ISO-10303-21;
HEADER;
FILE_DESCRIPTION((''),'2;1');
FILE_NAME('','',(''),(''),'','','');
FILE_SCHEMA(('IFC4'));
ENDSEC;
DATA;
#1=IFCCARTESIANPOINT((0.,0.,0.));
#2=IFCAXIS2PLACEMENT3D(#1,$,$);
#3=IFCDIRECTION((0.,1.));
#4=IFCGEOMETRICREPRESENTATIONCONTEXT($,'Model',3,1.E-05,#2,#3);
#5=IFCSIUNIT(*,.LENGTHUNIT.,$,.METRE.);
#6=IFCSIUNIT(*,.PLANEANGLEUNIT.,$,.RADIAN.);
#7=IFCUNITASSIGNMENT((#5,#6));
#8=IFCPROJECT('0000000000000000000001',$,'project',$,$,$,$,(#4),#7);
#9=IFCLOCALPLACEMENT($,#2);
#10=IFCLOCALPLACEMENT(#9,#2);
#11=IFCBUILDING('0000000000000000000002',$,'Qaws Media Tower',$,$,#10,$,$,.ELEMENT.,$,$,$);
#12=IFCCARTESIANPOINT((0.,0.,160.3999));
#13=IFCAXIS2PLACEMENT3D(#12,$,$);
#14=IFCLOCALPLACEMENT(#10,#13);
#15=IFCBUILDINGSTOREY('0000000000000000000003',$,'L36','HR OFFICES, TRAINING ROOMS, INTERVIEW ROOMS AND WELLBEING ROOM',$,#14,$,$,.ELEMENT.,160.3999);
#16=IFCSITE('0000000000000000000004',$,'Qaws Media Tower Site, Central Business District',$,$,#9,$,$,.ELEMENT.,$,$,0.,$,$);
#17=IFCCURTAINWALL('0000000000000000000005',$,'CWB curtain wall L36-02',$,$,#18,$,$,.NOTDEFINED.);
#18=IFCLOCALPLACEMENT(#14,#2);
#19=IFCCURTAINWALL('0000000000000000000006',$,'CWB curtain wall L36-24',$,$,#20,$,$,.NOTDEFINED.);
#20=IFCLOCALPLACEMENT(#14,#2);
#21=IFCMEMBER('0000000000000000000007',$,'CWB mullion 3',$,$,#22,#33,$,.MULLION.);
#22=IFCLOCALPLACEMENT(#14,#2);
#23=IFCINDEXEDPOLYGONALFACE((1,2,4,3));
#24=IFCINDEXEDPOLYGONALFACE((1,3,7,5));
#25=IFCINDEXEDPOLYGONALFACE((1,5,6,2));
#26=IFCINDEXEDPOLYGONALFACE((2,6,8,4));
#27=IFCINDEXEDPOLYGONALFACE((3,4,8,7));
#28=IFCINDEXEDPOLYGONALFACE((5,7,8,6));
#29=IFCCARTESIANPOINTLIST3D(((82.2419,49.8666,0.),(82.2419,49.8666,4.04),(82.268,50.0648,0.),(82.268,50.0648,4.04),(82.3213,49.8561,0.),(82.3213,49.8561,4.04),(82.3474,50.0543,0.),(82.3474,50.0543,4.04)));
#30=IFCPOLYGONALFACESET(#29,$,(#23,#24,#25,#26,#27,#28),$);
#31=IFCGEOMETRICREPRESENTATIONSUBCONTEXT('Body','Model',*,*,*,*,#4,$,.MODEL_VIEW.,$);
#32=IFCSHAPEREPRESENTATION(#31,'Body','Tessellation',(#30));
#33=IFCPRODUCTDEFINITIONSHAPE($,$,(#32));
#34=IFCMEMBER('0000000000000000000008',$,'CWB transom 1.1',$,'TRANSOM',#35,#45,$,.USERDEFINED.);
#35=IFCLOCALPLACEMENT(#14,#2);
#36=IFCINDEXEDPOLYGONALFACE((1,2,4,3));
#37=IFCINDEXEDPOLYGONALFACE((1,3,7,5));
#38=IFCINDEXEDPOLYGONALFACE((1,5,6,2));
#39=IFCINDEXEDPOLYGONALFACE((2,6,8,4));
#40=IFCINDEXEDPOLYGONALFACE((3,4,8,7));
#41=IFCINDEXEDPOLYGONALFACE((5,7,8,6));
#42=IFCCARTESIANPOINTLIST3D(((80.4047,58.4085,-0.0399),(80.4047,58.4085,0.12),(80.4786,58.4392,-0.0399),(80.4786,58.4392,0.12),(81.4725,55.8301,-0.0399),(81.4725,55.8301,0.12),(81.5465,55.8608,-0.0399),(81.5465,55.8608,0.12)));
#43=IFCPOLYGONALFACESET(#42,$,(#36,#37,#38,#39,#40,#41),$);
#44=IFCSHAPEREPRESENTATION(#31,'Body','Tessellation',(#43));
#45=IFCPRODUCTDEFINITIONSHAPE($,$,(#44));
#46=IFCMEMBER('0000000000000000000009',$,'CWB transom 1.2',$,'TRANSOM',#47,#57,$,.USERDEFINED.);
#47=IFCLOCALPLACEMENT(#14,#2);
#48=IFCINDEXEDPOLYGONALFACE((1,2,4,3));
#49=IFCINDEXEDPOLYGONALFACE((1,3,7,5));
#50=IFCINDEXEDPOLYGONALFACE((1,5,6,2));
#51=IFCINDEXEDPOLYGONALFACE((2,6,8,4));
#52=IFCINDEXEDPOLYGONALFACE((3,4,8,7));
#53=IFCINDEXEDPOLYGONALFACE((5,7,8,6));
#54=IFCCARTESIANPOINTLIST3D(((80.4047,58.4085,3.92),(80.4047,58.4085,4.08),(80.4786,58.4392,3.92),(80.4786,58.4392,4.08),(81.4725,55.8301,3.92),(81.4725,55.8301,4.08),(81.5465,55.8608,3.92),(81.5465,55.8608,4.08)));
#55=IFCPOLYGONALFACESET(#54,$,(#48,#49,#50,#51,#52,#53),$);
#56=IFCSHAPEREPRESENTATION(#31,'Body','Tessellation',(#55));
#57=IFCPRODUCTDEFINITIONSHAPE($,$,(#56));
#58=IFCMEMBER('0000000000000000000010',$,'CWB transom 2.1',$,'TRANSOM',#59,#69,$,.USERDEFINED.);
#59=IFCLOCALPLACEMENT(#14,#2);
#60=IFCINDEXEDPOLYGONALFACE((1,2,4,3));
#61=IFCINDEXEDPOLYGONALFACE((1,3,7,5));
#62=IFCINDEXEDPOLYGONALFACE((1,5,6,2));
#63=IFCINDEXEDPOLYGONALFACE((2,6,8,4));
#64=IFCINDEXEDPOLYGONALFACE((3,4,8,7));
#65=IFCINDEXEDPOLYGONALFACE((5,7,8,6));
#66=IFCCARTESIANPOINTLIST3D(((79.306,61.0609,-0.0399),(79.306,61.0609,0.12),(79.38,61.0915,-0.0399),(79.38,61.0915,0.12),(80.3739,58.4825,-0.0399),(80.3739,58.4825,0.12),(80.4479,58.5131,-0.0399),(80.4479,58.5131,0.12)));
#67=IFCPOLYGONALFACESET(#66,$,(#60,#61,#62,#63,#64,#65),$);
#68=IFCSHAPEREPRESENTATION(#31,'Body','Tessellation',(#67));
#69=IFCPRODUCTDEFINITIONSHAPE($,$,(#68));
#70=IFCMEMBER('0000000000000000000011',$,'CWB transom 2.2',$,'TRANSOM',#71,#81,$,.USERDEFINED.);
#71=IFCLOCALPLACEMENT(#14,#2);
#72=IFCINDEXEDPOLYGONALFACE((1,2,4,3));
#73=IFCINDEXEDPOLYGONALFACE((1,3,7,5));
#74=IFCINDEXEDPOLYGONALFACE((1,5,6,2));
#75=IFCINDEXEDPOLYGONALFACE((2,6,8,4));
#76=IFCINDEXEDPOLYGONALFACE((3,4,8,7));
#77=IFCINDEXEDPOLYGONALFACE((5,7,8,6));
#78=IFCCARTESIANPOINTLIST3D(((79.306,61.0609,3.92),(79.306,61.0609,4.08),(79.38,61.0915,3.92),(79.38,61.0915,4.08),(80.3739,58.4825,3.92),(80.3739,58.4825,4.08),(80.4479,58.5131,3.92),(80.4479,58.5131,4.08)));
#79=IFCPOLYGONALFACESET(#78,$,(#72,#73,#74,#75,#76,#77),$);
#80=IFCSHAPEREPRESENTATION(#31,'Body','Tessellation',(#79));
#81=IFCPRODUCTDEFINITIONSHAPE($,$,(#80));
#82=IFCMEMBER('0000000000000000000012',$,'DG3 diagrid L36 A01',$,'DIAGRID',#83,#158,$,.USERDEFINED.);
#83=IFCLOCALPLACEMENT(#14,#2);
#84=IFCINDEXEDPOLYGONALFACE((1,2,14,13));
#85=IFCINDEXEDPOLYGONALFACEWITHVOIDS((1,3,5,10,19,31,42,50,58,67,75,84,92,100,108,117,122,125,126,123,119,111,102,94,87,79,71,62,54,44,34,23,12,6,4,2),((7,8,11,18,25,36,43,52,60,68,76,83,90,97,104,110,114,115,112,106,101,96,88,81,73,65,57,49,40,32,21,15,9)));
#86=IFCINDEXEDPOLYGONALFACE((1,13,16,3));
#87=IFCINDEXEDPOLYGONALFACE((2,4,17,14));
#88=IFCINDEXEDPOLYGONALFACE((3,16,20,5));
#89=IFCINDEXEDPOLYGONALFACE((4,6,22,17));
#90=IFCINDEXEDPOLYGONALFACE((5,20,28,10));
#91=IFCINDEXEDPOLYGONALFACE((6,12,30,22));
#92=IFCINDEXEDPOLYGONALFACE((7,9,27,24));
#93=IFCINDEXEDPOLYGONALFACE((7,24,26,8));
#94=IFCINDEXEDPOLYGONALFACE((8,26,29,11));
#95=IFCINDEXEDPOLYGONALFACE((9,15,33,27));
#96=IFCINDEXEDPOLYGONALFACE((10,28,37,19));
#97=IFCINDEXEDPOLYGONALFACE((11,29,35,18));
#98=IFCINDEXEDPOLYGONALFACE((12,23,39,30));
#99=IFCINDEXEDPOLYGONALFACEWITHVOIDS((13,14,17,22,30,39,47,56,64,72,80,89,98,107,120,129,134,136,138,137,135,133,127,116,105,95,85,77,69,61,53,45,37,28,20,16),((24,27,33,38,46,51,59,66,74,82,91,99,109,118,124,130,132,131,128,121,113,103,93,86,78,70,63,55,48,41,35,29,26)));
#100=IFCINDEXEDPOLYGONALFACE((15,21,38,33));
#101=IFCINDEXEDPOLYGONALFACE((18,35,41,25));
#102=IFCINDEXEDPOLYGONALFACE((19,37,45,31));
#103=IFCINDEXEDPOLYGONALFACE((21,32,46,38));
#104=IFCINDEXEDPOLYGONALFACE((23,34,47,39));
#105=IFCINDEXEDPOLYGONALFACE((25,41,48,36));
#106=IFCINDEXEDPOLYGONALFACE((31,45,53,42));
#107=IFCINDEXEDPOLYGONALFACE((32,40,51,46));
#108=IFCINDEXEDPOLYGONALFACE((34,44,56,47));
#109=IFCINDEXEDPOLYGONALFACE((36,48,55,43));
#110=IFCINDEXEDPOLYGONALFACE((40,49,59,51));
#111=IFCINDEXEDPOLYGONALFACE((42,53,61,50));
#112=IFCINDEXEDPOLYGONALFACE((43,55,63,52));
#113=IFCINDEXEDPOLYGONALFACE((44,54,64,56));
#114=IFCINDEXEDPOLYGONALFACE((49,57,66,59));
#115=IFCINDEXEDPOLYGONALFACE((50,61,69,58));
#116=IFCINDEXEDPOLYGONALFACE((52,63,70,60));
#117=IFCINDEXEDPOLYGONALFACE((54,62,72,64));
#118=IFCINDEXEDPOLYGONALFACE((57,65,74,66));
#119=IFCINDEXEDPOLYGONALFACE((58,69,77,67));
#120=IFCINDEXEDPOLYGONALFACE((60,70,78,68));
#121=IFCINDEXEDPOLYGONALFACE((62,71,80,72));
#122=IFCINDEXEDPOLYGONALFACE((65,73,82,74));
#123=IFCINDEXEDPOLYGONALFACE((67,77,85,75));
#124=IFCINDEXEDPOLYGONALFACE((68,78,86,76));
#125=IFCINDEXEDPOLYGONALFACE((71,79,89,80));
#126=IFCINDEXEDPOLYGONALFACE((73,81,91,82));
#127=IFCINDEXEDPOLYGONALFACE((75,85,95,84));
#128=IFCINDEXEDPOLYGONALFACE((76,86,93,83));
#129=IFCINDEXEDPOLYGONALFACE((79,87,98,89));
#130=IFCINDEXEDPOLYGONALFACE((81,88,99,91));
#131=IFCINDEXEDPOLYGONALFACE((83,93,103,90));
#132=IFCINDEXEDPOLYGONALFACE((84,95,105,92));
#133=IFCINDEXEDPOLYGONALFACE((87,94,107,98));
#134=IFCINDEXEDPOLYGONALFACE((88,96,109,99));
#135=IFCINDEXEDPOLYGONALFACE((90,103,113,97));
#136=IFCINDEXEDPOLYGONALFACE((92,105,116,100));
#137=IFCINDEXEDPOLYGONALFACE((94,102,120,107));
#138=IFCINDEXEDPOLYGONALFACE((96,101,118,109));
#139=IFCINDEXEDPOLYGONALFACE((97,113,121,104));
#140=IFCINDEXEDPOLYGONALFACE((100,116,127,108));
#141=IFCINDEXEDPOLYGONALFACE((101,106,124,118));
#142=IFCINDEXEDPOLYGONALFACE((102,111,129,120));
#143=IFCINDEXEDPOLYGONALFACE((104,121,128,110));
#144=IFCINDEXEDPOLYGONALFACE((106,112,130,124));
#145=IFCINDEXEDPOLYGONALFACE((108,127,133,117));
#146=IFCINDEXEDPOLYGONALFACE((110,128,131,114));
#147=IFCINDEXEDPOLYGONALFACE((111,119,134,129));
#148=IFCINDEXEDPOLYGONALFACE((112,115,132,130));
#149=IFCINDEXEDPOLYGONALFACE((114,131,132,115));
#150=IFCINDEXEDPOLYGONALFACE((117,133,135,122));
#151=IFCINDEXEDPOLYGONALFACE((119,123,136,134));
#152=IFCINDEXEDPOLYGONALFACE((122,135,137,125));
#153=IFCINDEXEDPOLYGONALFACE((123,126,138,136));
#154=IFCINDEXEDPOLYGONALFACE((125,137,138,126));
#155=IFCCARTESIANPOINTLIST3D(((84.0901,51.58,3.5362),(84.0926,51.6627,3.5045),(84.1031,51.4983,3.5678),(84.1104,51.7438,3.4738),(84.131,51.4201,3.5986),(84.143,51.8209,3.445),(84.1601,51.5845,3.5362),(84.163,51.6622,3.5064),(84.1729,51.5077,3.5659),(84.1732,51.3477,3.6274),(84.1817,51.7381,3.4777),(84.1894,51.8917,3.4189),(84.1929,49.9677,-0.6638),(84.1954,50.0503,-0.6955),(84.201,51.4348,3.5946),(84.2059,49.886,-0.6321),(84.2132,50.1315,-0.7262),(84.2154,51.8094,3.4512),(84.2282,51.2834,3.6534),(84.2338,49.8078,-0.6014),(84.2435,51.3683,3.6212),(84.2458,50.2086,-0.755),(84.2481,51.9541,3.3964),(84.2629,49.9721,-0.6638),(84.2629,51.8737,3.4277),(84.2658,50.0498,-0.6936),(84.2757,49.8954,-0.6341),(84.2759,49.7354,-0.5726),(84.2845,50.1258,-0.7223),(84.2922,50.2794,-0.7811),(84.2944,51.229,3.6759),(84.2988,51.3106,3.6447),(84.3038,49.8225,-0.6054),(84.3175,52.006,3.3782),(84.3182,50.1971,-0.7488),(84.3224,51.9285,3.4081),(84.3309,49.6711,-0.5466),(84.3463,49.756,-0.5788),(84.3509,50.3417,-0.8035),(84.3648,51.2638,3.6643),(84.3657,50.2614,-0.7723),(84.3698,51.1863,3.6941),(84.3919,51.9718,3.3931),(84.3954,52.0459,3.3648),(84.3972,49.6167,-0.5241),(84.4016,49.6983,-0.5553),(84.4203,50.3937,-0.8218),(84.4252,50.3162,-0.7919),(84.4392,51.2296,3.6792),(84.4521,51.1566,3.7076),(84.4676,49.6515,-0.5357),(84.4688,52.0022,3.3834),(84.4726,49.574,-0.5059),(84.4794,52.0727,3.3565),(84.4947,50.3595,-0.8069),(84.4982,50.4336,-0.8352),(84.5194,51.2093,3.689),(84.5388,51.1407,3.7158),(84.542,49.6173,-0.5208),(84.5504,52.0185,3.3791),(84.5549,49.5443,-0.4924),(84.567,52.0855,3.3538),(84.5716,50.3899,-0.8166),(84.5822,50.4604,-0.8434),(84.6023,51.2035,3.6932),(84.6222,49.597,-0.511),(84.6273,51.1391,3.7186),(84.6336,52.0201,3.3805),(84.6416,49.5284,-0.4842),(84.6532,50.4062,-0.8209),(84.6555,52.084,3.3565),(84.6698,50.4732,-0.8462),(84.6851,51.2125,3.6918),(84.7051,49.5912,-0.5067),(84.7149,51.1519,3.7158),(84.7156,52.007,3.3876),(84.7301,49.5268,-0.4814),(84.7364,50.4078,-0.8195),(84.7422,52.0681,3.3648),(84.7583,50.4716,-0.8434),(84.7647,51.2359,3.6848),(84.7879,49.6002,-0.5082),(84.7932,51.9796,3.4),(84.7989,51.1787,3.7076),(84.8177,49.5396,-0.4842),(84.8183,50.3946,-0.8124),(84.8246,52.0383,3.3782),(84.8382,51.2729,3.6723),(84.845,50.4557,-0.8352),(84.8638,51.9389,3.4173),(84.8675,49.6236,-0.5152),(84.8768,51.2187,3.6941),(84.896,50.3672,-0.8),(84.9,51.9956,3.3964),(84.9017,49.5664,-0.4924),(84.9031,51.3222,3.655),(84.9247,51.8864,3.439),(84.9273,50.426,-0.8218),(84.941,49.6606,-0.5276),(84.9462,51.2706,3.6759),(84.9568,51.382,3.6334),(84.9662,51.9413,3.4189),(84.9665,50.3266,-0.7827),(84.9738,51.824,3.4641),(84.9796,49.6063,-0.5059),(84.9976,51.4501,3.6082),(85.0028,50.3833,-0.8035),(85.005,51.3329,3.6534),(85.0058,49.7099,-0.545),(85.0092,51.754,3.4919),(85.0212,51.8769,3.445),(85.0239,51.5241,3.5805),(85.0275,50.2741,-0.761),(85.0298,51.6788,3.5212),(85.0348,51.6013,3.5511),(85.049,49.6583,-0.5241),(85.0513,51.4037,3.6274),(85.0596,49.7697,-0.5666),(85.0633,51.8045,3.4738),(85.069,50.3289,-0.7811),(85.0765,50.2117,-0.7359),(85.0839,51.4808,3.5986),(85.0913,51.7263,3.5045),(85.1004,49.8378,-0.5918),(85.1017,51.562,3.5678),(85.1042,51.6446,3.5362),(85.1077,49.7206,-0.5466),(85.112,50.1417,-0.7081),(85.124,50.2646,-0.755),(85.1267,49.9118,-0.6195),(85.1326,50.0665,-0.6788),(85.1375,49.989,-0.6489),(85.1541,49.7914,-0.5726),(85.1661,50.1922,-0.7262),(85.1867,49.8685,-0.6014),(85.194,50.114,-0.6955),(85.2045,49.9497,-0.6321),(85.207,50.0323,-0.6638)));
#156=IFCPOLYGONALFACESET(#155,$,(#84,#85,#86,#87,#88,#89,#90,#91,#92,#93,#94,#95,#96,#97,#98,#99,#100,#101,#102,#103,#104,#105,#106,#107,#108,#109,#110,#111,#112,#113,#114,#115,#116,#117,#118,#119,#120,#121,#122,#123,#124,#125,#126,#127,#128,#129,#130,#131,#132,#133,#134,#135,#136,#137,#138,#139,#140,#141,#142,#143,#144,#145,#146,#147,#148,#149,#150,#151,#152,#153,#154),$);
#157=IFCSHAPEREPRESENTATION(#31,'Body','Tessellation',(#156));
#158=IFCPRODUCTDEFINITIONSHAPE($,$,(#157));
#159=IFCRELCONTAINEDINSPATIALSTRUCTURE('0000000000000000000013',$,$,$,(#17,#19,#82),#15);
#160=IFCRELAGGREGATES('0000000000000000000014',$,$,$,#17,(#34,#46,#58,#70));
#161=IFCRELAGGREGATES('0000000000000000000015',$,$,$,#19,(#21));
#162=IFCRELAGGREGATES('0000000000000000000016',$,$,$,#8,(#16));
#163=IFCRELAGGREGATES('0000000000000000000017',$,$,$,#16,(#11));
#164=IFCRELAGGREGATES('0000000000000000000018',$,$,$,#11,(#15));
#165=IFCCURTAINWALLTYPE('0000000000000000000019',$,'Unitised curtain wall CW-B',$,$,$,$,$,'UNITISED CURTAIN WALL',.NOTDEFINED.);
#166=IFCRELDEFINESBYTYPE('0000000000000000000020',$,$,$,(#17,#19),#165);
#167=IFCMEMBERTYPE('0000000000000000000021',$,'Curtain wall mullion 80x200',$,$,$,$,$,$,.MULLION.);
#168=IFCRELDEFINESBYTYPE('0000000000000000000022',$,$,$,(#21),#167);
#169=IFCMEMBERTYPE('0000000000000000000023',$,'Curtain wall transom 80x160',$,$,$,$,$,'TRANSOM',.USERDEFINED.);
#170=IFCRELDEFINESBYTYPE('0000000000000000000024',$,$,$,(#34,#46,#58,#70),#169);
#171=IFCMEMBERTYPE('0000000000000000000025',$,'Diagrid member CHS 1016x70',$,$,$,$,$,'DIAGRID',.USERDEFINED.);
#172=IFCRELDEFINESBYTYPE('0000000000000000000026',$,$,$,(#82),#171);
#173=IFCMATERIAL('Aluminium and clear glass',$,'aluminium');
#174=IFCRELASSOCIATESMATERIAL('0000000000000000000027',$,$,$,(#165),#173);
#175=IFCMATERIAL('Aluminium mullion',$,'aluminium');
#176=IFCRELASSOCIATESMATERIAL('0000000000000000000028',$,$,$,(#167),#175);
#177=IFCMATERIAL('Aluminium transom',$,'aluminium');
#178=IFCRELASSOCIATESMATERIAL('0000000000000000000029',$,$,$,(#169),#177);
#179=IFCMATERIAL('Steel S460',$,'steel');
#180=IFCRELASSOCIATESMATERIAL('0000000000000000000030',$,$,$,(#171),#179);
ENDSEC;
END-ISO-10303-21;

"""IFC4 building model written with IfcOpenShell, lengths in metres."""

from ifc_helpers import new_model, si_unit, direction, frame, origin, origin_2d, place, context, subcontext, project, spatial, rectangle, hollow_circle, extrude, material, material_profile, profile_set, type_object, element, aggregate, save


model = new_model("IFC4")

# Units and contexts
model_context = context("Model", 3, precision=1e-05, world=origin(), true_north=direction((0.0, 1.0)))
body_context = subcontext(model_context, "Body", "Model", "MODEL_VIEW")
ifc_project = project(units=[si_unit("LENGTHUNIT", "METRE"), si_unit("PLANEANGLEUNIT", "RADIAN")], contexts=[model_context])

# Site, building, storey
site_placement = place(None, origin())
site = spatial("IfcSite", under=ifc_project, at=site_placement, Name="Qaws Media Tower Site, Central Business District", CompositionType="ELEMENT", RefElevation=0.0)
building_placement = place(site_placement, origin())
building = spatial("IfcBuilding", under=site, at=building_placement, Name="Qaws Media Tower", CompositionType="ELEMENT")
storey_placement = place(building_placement, frame((0.0, 0.0, 160.3999)))
storey = spatial("IfcBuildingStorey", under=building, at=storey_placement, Name="L36", Description="HR OFFICES, TRAINING ROOMS, INTERVIEW ROOMS AND WELLBEING ROOM", CompositionType="ELEMENT", Elevation=160.3999)

# Curtain wall
ifc_material_1 = material(Name="Aluminium and clear glass", Category="aluminium")
curtain_wall_type = type_object("IfcCurtainWallType", Name="Unitised curtain wall CW-B", ElementType="UNITISED CURTAIN WALL", PredefinedType="NOTDEFINED", material=ifc_material_1)
curtain_wall_1_placement = place(storey_placement, origin())
curtain_wall_1 = element("IfcCurtainWall", 1, at=curtain_wall_1_placement, inside=storey, type_object=curtain_wall_type, Name="CWB curtain wall L36-02", PredefinedType="NOTDEFINED")
ifc_material_2 = material(Name="Aluminium mullion", Category="aluminium")
ifc_material_profile_1 = material_profile(ifc_material_2, rectangle(XDim=0.0801, YDim=0.2, at=origin_2d()), Name="80x200")
ifc_profile_set_1 = profile_set([ifc_material_profile_1], Name="Aluminium mullion")
member_type_1 = type_object("IfcMemberType", Name="Curtain wall mullion 80x200", PredefinedType="MULLION", material=ifc_profile_set_1)

# Curtain wall, member
curtain_wall_2_placement = place(storey_placement, origin())
curtain_wall_2 = element("IfcCurtainWall", 2, at=curtain_wall_2_placement, inside=storey, type_object=curtain_wall_type, Name="CWB curtain wall L36-24", PredefinedType="NOTDEFINED")
member_1_placement = place(storey_placement, frame((82.2947, 49.9604, 0.0), z_axis=(0.0, 0.0, 1.0), x_axis=(-0.991445, 0.130526, 0.0)))
member_1 = element("IfcMember", 3, at=member_1_placement, type_object=member_type_1, Name="CWB mullion 3", PredefinedType="MULLION", context=body_context, shape_type="SweptSolid", body=[
    extrude(rectangle(XDim=0.0801, YDim=0.2, at=origin_2d()), origin(), (0.0, 0.0, 1.0), 4.04),
])

# Members
ifc_material_3 = material(Name="Aluminium transom", Category="aluminium")
ifc_material_profile_2 = material_profile(ifc_material_3, rectangle(XDim=0.0801, YDim=0.1599, at=origin_2d()), Name="80x160")
ifc_profile_set_2 = profile_set([ifc_material_profile_2], Name="Aluminium transom")
member_type_2 = type_object("IfcMemberType", Name="Curtain wall transom 80x160", ElementType="TRANSOM", PredefinedType="USERDEFINED", material=ifc_profile_set_2)
member_2_placement = place(storey_placement, frame((81.5095, 55.8455, 0.04), z_axis=(-0.382645, 0.923895, 0.0), x_axis=(-0.923895, -0.382645, 0.0)))
member_2 = element("IfcMember", 4, at=member_2_placement, type_object=member_type_2, Name="CWB transom 1.1", ObjectType="TRANSOM", PredefinedType="USERDEFINED", context=body_context, shape_type="SweptSolid", body=[
    extrude(rectangle(XDim=0.0801, YDim=0.1599, at=origin_2d()), origin(), (0.0, 0.0, 1.0), 2.7908),
])
member_3_placement = place(storey_placement, frame((81.5095, 55.8455, 4.0), z_axis=(-0.382645, 0.923895, 0.0), x_axis=(-0.923895, -0.382645, 0.0)))
member_3 = element("IfcMember", 5, at=member_3_placement, type_object=member_type_2, Name="CWB transom 1.2", ObjectType="TRANSOM", PredefinedType="USERDEFINED", context=body_context, shape_type="SweptSolid", body=[
    extrude(rectangle(XDim=0.0801, YDim=0.1599, at=origin_2d()), origin(), (0.0, 0.0, 1.0), 2.7908),
])
member_4_placement = place(storey_placement, frame((80.4109, 58.4978, 0.04), z_axis=(-0.382645, 0.923895, 0.0), x_axis=(-0.923895, -0.382645, 0.0)))
member_4 = element("IfcMember", 6, at=member_4_placement, type_object=member_type_2, Name="CWB transom 2.1", ObjectType="TRANSOM", PredefinedType="USERDEFINED", context=body_context, shape_type="SweptSolid", body=[
    extrude(rectangle(XDim=0.0801, YDim=0.1599, at=origin_2d()), origin(), (0.0, 0.0, 1.0), 2.7908),
])
member_5_placement = place(storey_placement, frame((80.4109, 58.4978, 4.0), z_axis=(-0.382645, 0.923895, 0.0), x_axis=(-0.923895, -0.382645, 0.0)))
member_5 = element("IfcMember", 7, at=member_5_placement, type_object=member_type_2, Name="CWB transom 2.2", ObjectType="TRANSOM", PredefinedType="USERDEFINED", context=body_context, shape_type="SweptSolid", body=[
    extrude(rectangle(XDim=0.0801, YDim=0.1599, at=origin_2d()), origin(), (0.0, 0.0, 1.0), 2.7908),
])

# Member
ifc_material_4 = material(Name="Steel S460", Category="steel")
ifc_material_profile_3 = material_profile(ifc_material_4, hollow_circle(Radius=0.5081, WallThickness=0.0701, at=origin_2d()), Name="CHS 1016x70")
ifc_profile_set_3 = profile_set([ifc_material_profile_3], Name="Steel S460")
member_type_3 = type_object("IfcMemberType", Name="Diagrid member CHS 1016x70", ElementType="DIAGRID", PredefinedType="USERDEFINED", material=ifc_profile_set_3)
for number, where, z_axis, x_axis, name in (
    (8, (84.7, 50.0, -0.6638), (-0.022841, 0.358293, 0.93333), (-0.997974, -0.06362, 0.0), "DG3 diagrid L36 A01"),
):
    element("IfcMember", number, at=place(storey_placement, frame(where, z_axis=z_axis, x_axis=x_axis)), inside=storey, type_object=member_type_3, Name=name, ObjectType="DIAGRID", PredefinedType="USERDEFINED", context=body_context, shape_type="SweptSolid", body=[
        extrude(hollow_circle(Radius=0.5081, WallThickness=0.0701, at=origin_2d()), origin(), (0.0, 0.0, 1.0), 4.5),
    ])

aggregate(curtain_wall_1, [member_2, member_3, member_4, member_5])
aggregate(curtain_wall_2, [member_1])

save(model, "model.ifc")
